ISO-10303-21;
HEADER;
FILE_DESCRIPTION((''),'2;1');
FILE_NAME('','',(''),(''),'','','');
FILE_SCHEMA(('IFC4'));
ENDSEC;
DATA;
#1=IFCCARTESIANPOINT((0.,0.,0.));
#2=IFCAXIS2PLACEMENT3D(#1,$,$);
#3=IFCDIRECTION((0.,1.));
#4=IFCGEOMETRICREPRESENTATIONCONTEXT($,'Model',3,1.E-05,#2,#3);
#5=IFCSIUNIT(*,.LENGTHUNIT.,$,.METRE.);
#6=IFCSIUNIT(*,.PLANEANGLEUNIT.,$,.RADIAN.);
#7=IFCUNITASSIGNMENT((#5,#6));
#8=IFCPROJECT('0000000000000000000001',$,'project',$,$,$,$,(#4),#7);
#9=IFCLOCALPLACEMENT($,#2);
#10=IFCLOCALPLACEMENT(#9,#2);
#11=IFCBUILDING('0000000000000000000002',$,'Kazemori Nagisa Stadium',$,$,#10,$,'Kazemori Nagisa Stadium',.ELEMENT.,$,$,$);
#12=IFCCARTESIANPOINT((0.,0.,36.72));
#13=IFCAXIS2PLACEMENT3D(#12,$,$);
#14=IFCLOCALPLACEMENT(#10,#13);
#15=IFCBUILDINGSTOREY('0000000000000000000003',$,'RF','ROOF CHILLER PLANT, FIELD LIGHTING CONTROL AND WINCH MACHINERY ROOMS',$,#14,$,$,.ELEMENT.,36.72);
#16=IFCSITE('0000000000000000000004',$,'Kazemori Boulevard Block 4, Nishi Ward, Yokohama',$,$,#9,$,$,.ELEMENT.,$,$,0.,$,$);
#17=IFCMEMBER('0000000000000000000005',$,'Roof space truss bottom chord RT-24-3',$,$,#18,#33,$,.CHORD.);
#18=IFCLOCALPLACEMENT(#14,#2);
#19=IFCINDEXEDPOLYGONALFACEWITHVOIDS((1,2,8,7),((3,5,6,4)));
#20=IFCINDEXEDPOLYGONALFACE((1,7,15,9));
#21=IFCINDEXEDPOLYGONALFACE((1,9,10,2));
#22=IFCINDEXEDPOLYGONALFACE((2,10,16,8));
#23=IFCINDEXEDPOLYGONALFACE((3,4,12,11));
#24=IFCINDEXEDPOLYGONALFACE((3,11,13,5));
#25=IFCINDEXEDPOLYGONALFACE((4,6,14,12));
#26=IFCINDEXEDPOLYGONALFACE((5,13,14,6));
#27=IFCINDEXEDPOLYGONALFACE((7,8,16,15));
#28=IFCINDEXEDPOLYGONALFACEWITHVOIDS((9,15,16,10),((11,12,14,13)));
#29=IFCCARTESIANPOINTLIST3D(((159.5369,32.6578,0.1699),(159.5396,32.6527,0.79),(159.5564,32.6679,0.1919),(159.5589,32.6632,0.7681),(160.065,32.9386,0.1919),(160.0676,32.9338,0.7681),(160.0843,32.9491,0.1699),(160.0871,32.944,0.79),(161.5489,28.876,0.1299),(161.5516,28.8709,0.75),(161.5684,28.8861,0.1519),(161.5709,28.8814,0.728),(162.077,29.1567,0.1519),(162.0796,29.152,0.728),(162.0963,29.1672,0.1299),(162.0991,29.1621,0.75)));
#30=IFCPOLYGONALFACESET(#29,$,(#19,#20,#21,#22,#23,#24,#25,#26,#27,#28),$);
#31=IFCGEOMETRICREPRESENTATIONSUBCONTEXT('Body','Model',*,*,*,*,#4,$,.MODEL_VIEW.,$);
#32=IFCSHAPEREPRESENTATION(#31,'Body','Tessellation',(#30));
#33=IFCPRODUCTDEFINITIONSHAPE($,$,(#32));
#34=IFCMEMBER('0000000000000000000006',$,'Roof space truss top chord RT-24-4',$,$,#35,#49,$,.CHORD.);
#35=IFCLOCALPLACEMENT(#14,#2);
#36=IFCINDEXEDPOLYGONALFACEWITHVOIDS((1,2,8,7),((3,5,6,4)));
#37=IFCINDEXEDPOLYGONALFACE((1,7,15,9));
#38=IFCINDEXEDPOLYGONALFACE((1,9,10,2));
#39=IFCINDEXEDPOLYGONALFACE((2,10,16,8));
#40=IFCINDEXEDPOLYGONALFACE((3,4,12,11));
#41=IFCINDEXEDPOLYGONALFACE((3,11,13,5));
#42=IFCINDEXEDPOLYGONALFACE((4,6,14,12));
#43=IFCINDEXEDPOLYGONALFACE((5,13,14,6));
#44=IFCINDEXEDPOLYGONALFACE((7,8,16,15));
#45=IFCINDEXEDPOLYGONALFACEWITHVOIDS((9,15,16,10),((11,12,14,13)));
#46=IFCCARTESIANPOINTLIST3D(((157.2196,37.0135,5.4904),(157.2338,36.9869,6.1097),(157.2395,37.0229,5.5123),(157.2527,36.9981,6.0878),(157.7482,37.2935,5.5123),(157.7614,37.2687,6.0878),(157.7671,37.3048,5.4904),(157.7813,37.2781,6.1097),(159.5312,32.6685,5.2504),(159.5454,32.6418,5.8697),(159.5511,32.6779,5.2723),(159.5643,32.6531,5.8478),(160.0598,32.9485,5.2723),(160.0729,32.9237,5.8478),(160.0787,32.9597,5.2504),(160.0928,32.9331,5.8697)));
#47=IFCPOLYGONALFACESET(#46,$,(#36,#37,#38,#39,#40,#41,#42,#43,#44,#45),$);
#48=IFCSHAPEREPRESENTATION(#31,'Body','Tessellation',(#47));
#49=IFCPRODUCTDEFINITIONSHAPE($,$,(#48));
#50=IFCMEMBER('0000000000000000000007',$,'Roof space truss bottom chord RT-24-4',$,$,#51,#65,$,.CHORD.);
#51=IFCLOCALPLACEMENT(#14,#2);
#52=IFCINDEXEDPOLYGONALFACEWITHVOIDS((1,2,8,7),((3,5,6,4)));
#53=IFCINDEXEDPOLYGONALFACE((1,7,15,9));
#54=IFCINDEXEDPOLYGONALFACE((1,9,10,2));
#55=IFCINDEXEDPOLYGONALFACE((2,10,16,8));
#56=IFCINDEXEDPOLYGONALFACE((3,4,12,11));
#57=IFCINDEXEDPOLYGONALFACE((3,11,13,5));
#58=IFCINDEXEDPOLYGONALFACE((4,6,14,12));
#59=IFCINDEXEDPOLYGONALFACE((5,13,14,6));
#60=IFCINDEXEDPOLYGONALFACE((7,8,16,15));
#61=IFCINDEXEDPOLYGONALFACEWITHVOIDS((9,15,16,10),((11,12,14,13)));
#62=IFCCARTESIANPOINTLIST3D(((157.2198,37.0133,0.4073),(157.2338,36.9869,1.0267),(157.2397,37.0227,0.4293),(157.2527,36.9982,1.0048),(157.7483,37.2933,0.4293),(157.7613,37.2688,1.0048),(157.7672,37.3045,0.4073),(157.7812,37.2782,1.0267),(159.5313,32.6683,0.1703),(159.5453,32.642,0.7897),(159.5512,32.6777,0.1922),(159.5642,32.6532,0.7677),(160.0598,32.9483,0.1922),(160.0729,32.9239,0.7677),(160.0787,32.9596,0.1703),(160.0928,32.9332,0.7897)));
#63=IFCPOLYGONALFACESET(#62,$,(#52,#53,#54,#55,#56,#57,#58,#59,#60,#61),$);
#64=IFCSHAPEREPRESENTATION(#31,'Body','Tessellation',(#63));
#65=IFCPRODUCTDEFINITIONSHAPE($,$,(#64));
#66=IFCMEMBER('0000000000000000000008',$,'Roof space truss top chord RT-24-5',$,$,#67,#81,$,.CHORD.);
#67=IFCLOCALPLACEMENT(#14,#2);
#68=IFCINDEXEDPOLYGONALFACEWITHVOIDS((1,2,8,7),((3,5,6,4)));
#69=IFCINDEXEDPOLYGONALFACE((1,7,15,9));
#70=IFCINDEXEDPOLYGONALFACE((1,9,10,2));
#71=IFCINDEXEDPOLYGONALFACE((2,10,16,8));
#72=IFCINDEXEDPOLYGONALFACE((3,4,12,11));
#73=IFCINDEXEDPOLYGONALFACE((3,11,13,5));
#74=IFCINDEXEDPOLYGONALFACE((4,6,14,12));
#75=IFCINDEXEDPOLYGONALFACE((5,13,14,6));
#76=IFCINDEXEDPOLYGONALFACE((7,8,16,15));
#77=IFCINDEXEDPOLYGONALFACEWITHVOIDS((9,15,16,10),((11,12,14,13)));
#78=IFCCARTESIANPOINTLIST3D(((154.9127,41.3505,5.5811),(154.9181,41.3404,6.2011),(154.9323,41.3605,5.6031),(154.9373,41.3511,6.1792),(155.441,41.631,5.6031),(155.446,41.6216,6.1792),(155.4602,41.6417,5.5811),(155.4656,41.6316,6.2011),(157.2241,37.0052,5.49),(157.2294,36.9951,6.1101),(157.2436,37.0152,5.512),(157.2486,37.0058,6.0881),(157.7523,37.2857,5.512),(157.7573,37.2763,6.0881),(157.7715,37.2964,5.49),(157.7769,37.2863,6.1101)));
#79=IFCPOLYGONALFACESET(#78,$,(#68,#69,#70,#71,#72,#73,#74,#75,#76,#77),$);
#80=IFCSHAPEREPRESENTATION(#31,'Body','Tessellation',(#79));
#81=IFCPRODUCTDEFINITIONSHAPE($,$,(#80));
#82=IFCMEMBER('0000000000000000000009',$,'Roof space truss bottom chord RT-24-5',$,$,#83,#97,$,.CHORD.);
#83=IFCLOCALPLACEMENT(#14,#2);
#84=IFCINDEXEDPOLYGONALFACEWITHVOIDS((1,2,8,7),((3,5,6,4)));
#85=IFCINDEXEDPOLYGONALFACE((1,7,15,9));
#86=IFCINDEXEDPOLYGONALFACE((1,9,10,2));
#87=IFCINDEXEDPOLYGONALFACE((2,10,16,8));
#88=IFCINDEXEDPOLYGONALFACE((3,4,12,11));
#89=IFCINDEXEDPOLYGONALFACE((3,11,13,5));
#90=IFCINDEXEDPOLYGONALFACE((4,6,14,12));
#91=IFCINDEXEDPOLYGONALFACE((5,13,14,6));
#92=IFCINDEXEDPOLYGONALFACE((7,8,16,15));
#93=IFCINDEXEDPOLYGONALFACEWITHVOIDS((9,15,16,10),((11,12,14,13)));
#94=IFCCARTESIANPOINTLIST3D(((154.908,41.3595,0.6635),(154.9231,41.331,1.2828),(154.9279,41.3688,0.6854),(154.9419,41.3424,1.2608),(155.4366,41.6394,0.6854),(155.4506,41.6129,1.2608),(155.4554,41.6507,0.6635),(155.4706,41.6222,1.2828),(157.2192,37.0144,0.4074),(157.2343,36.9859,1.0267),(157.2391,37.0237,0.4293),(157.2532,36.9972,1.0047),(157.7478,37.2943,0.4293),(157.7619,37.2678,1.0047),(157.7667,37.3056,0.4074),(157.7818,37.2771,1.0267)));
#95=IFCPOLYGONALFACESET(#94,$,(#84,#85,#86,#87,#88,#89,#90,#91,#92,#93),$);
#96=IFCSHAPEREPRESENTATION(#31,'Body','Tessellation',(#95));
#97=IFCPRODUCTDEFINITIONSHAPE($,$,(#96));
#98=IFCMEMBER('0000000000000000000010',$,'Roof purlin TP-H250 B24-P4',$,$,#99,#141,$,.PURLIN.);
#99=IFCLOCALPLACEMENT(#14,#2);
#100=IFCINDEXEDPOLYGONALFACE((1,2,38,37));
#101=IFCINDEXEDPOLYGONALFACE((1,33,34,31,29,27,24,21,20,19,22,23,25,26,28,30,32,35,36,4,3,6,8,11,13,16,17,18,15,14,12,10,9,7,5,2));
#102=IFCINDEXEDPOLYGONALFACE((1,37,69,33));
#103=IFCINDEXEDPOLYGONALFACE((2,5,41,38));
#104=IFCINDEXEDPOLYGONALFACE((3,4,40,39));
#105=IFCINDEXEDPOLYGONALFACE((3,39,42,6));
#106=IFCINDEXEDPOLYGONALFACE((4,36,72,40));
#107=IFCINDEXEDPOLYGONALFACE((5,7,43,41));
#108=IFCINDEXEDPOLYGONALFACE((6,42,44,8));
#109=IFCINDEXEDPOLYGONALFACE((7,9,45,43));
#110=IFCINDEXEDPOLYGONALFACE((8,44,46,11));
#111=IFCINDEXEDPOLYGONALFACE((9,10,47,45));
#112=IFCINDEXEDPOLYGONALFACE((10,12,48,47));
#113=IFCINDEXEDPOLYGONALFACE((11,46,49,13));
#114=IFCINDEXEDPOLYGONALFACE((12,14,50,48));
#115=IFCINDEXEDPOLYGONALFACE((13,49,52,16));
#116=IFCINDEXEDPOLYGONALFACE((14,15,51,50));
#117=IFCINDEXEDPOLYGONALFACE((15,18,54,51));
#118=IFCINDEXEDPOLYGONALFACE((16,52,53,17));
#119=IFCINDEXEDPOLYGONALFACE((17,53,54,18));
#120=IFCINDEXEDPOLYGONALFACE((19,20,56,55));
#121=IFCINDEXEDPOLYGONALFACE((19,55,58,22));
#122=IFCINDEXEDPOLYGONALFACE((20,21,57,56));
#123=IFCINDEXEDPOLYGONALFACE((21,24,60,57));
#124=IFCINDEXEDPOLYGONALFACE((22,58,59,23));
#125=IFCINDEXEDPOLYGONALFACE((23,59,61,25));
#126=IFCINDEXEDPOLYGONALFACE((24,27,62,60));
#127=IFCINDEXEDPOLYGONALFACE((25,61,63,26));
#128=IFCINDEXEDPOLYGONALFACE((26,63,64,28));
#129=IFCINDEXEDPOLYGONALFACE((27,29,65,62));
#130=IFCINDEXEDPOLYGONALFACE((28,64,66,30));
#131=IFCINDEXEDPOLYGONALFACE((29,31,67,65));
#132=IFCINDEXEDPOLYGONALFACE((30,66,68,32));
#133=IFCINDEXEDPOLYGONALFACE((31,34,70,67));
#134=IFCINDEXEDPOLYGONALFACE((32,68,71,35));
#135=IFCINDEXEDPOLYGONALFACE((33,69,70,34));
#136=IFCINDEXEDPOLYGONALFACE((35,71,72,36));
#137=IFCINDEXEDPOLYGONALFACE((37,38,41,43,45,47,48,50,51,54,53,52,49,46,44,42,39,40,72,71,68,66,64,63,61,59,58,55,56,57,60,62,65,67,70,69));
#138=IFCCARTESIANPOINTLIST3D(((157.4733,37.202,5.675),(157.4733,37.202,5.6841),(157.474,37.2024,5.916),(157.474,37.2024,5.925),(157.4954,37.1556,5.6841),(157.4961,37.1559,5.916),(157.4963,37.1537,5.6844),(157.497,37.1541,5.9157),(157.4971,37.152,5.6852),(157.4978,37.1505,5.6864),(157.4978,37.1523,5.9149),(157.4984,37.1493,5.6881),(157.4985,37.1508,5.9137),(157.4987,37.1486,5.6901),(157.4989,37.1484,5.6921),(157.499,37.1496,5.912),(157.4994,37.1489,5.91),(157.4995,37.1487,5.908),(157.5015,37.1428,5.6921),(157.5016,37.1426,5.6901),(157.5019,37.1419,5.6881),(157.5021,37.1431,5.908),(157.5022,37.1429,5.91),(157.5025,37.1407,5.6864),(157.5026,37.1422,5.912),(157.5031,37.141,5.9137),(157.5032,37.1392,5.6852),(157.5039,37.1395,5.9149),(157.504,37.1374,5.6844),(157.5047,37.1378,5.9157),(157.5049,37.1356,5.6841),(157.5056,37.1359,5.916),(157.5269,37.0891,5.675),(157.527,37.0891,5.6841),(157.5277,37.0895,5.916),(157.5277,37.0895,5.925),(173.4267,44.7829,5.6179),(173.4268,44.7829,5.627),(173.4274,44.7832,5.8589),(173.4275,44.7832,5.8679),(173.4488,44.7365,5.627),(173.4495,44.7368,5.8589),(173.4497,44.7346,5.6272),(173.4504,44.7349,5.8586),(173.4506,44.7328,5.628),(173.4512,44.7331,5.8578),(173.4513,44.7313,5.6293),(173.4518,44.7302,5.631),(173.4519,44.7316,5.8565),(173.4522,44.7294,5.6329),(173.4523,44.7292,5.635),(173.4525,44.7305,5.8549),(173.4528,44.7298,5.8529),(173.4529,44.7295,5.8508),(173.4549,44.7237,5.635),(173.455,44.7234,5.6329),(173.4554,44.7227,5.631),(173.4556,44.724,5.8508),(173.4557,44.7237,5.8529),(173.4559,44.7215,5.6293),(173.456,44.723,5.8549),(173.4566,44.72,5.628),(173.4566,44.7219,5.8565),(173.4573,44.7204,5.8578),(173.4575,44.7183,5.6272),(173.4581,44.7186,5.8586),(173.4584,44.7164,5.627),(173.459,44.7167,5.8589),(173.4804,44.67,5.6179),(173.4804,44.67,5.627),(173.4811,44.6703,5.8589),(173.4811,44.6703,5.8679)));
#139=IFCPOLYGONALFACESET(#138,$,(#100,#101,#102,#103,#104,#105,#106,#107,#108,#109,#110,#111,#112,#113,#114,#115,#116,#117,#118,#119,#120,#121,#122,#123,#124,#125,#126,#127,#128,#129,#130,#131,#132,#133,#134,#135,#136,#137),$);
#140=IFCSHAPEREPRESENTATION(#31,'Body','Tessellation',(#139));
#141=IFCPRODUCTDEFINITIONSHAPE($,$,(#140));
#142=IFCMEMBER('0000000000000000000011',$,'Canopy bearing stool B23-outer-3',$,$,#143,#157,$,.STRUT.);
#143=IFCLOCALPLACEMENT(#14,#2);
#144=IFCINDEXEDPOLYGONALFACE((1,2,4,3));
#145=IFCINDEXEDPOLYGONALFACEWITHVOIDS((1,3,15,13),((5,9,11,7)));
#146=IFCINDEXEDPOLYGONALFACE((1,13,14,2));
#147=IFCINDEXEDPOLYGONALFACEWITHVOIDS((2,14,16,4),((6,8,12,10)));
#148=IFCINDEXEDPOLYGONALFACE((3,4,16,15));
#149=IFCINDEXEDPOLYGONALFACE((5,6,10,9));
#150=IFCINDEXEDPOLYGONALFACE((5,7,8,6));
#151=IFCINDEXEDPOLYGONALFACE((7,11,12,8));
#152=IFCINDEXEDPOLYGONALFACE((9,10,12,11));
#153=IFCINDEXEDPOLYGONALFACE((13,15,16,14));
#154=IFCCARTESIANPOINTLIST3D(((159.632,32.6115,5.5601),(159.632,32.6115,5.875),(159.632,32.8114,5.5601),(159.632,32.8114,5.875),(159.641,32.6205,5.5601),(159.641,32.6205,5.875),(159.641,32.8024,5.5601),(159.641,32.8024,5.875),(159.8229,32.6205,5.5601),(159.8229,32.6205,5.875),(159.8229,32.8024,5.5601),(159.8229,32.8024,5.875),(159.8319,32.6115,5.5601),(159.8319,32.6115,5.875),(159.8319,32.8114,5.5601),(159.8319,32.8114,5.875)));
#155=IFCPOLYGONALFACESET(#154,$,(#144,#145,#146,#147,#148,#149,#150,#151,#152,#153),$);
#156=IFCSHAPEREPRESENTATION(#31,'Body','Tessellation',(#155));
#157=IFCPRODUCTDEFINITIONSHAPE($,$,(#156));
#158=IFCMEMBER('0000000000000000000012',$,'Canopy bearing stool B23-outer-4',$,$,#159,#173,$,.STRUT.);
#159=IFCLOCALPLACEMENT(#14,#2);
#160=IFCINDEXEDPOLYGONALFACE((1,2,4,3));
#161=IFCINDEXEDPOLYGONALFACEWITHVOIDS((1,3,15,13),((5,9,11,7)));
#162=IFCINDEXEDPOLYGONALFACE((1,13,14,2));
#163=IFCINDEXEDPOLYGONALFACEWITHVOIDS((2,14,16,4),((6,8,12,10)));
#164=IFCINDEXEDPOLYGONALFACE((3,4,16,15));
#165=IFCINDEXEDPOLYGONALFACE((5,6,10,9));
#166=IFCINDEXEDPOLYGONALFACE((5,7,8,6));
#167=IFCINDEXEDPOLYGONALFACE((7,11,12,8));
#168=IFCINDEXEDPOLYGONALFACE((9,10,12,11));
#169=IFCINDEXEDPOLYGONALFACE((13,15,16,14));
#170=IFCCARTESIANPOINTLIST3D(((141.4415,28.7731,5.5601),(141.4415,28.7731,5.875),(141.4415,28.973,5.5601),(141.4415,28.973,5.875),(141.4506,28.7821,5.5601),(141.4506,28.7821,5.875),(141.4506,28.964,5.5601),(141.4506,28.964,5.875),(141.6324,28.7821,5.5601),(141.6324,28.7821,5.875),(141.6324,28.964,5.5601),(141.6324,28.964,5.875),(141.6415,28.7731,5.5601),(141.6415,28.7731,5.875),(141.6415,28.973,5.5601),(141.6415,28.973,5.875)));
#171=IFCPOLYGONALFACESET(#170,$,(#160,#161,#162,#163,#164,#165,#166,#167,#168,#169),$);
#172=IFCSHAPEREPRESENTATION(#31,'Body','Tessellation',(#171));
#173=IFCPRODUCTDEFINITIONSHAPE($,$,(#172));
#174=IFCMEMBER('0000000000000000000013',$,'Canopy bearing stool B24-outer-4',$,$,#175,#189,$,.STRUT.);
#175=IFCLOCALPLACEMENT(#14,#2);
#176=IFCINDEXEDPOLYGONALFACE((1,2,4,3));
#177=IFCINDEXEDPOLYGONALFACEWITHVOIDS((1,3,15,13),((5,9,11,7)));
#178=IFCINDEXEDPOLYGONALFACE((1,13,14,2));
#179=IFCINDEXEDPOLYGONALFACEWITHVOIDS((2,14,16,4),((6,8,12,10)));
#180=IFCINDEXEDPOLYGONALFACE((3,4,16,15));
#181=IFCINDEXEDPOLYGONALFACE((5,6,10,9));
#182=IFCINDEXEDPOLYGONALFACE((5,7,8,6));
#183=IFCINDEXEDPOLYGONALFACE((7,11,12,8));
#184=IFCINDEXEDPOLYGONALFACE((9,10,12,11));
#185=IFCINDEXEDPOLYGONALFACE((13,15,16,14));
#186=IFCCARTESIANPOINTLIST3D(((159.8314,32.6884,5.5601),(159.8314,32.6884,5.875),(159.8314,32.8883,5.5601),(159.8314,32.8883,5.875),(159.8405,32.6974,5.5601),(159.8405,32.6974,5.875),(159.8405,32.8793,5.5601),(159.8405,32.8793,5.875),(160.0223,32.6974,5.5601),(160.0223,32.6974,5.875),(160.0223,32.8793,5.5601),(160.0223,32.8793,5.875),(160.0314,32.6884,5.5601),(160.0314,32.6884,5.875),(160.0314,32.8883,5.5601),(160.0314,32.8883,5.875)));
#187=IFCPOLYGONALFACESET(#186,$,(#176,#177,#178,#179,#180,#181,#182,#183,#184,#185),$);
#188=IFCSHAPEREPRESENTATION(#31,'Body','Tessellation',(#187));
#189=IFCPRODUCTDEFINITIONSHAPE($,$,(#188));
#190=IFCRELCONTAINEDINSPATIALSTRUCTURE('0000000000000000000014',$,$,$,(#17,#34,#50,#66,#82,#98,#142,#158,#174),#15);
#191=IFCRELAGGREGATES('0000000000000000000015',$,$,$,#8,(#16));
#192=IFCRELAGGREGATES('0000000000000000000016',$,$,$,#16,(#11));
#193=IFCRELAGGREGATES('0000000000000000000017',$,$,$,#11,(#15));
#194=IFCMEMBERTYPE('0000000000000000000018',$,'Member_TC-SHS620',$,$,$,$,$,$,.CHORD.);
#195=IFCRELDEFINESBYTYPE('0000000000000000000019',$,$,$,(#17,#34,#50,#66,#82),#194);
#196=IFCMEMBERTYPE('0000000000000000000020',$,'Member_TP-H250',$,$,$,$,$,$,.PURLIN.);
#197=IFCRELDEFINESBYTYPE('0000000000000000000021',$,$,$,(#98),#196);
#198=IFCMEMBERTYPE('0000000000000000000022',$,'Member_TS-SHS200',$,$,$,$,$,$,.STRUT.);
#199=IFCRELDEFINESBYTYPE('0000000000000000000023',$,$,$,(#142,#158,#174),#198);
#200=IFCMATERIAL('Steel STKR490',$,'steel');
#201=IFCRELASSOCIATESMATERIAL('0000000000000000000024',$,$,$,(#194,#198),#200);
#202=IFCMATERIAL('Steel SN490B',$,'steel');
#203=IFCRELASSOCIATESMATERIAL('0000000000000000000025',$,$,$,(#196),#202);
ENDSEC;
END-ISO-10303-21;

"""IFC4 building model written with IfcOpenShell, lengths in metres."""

from ifc_helpers import new_model, si_unit, direction, frame, origin, origin_2d, place, context, subcontext, project, spatial, hollow_rectangle, i_section, extrude, material, material_profile, profile_set, type_object, element, save


model = new_model("IFC4")

# Units and contexts
model_context = context("Model", 3, precision=1e-05, world=origin(), true_north=direction((0.0, 1.0)))
body_context = subcontext(model_context, "Body", "Model", "MODEL_VIEW")
ifc_project = project(units=[si_unit("LENGTHUNIT", "METRE"), si_unit("PLANEANGLEUNIT", "RADIAN")], contexts=[model_context])

# Site, building, storey
site_placement = place(None, origin())
site = spatial("IfcSite", under=ifc_project, at=site_placement, Name="Kazemori Boulevard Block 4, Nishi Ward, Yokohama", CompositionType="ELEMENT", RefElevation=0.0)
building_placement = place(site_placement, origin())
building = spatial("IfcBuilding", under=site, at=building_placement, Name="Kazemori Nagisa Stadium", LongName="Kazemori Nagisa Stadium", CompositionType="ELEMENT")
storey_placement = place(building_placement, frame((0.0, 0.0, 36.72)))
storey = spatial("IfcBuildingStorey", under=building, at=storey_placement, Name="RF", Description="ROOF CHILLER PLANT, FIELD LIGHTING CONTROL AND WINCH MACHINERY ROOMS", CompositionType="ELEMENT", Elevation=36.72)

# Shared definitions
ifc_material_1 = material(Name="Steel SN490B", Category="steel")

# Members
ifc_material_2 = material(Name="Steel STKR490", Category="steel")
ifc_material_profile_1 = material_profile(ifc_material_2, hollow_rectangle(XDim=0.6201, YDim=0.6201, WallThickness=0.022, at=origin_2d()), Name="SHS-620x620x22")
ifc_profile_set_1 = profile_set([ifc_material_profile_1], Name="Steel STKR490")
member_type_1 = type_object("IfcMemberType", Name="Member_TC-SHS620", PredefinedType="CHORD", material=ifc_profile_set_1)
member_1_placement = place(storey_placement, frame((161.824, 29.019, 0.4399), z_axis=(-0.469665, 0.882795, 0.009347), x_axis=(-0.882834, -0.469686, 0.0)))
element("IfcMember", 1, at=member_1_placement, inside=storey, type_object=member_type_1, Name="Roof space truss bottom chord RT-24-3", PredefinedType="CHORD", context=body_context, shape_type="SweptSolid", body=[
    extrude(hollow_rectangle(XDim=0.6201, YDim=0.6201, WallThickness=0.022, at=origin_2d()), origin(), (0.0, 0.0, 1.0), 4.2839),
])
member_2_placement = place(storey_placement, frame((159.812, 32.8008, 5.5601), z_axis=(-0.469114, 0.881794, 0.048705), x_axis=(-0.882841, -0.469671, 0.0)))
element("IfcMember", 2, at=member_2_placement, inside=storey, type_object=member_type_1, Name="Roof space truss top chord RT-24-4", PredefinedType="CHORD", context=body_context, shape_type="SweptSolid", body=[
    extrude(hollow_rectangle(XDim=0.6201, YDim=0.6201, WallThickness=0.022, at=origin_2d()), origin(), (0.0, 0.0, 1.0), 4.9275),
])
member_3_placement = place(storey_placement, frame((159.812, 32.8008, 0.48), z_axis=(-0.469127, 0.881819, 0.048112), x_axis=(-0.882841, -0.469671, 0.0)))
element("IfcMember", 3, at=member_3_placement, inside=storey, type_object=member_type_1, Name="Roof space truss bottom chord RT-24-4", PredefinedType="CHORD", context=body_context, shape_type="SweptSolid", body=[
    extrude(hollow_rectangle(XDim=0.6201, YDim=0.6201, WallThickness=0.022, at=origin_2d()), origin(), (0.0, 0.0, 1.0), 4.9272),
])
member_4_placement = place(storey_placement, frame((157.5005, 37.1458, 5.8), z_axis=(-0.469532, 0.882722, 0.0185), x_axis=(-0.882873, -0.469612, 0.0)))
element("IfcMember", 4, at=member_4_placement, inside=storey, type_object=member_type_1, Name="Roof space truss top chord RT-24-5", PredefinedType="CHORD", context=body_context, shape_type="SweptSolid", body=[
    extrude(hollow_rectangle(XDim=0.6201, YDim=0.6201, WallThickness=0.022, at=origin_2d()), origin(), (0.0, 0.0, 1.0), 4.9226),
])
member_5_placement = place(storey_placement, frame((157.5005, 37.1458, 0.717), z_axis=(-0.468978, 0.88168, 0.051966), x_axis=(-0.882873, -0.469612, 0.0)))
element("IfcMember", 5, at=member_5_placement, inside=storey, type_object=member_type_1, Name="Roof space truss bottom chord RT-24-5", PredefinedType="CHORD", context=body_context, shape_type="SweptSolid", body=[
    extrude(hollow_rectangle(XDim=0.6201, YDim=0.6201, WallThickness=0.022, at=origin_2d()), origin(), (0.0, 0.0, 1.0), 4.9282),
])
ifc_material_profile_2 = material_profile(ifc_material_1, i_section(OverallWidth=0.125, OverallDepth=0.25, WebThickness=0.0061, FlangeThickness=0.009, FilletRadius=0.0081, at=origin_2d()), Name="H-250x125x6x9")
ifc_profile_set_2 = profile_set([ifc_material_profile_2], Name="Steel SN490B")
member_type_2 = type_object("IfcMemberType", Name="Member_TP-H250", PredefinedType="PURLIN", material=ifc_profile_set_2)
member_6_placement = place(storey_placement, frame((157.5005, 37.1458, 5.8), z_axis=(0.903208, 0.429191, -0.003234), x_axis=(-0.429194, 0.903213, 0.0)))
element("IfcMember", 6, at=member_6_placement, inside=storey, type_object=member_type_2, Name="Roof purlin TP-H250 B24-P4", PredefinedType="PURLIN", context=body_context, shape_type="SweptSolid", body=[
    extrude(i_section(OverallWidth=0.125, OverallDepth=0.25, WebThickness=0.0061, FlangeThickness=0.009, FilletRadius=0.0081, at=origin_2d()), origin(), (0.0, 0.0, 1.0), 17.6631),
])
ifc_material_profile_3 = material_profile(ifc_material_2, hollow_rectangle(XDim=0.2, YDim=0.2, WallThickness=0.009, at=origin_2d()), Name="SHS-200x200x9")
ifc_profile_set_3 = profile_set([ifc_material_profile_3], Name="Steel STKR490")
member_type_3 = type_object("IfcMemberType", Name="Member_TS-SHS200", PredefinedType="STRUT", material=ifc_profile_set_3)
for number, where, z_axis, x_axis, name in (
    (7, (159.7319, 32.7114, 5.5601), (0.0, 0.0, 1.0), (1.0, 0.0, 0.0), "Canopy bearing stool B23-outer-3"),
    (8, (141.5415, 28.873, 5.5601), (0.0, 0.0, 1.0), (1.0, 0.0, 0.0), "Canopy bearing stool B23-outer-4"),
    (9, (159.9314, 32.7883, 5.5601), (0.0, 0.0, 1.0), (1.0, 0.0, 0.0), "Canopy bearing stool B24-outer-4"),
):
    element("IfcMember", number, at=place(storey_placement, frame(where, z_axis=z_axis, x_axis=x_axis)), inside=storey, type_object=member_type_3, Name=name, PredefinedType="STRUT", context=body_context, shape_type="SweptSolid", body=[
        extrude(hollow_rectangle(XDim=0.2, YDim=0.2, WallThickness=0.009, at=origin_2d()), origin(), (0.0, 0.0, 1.0), 0.3149),
    ])

save(model, "model.ifc")
